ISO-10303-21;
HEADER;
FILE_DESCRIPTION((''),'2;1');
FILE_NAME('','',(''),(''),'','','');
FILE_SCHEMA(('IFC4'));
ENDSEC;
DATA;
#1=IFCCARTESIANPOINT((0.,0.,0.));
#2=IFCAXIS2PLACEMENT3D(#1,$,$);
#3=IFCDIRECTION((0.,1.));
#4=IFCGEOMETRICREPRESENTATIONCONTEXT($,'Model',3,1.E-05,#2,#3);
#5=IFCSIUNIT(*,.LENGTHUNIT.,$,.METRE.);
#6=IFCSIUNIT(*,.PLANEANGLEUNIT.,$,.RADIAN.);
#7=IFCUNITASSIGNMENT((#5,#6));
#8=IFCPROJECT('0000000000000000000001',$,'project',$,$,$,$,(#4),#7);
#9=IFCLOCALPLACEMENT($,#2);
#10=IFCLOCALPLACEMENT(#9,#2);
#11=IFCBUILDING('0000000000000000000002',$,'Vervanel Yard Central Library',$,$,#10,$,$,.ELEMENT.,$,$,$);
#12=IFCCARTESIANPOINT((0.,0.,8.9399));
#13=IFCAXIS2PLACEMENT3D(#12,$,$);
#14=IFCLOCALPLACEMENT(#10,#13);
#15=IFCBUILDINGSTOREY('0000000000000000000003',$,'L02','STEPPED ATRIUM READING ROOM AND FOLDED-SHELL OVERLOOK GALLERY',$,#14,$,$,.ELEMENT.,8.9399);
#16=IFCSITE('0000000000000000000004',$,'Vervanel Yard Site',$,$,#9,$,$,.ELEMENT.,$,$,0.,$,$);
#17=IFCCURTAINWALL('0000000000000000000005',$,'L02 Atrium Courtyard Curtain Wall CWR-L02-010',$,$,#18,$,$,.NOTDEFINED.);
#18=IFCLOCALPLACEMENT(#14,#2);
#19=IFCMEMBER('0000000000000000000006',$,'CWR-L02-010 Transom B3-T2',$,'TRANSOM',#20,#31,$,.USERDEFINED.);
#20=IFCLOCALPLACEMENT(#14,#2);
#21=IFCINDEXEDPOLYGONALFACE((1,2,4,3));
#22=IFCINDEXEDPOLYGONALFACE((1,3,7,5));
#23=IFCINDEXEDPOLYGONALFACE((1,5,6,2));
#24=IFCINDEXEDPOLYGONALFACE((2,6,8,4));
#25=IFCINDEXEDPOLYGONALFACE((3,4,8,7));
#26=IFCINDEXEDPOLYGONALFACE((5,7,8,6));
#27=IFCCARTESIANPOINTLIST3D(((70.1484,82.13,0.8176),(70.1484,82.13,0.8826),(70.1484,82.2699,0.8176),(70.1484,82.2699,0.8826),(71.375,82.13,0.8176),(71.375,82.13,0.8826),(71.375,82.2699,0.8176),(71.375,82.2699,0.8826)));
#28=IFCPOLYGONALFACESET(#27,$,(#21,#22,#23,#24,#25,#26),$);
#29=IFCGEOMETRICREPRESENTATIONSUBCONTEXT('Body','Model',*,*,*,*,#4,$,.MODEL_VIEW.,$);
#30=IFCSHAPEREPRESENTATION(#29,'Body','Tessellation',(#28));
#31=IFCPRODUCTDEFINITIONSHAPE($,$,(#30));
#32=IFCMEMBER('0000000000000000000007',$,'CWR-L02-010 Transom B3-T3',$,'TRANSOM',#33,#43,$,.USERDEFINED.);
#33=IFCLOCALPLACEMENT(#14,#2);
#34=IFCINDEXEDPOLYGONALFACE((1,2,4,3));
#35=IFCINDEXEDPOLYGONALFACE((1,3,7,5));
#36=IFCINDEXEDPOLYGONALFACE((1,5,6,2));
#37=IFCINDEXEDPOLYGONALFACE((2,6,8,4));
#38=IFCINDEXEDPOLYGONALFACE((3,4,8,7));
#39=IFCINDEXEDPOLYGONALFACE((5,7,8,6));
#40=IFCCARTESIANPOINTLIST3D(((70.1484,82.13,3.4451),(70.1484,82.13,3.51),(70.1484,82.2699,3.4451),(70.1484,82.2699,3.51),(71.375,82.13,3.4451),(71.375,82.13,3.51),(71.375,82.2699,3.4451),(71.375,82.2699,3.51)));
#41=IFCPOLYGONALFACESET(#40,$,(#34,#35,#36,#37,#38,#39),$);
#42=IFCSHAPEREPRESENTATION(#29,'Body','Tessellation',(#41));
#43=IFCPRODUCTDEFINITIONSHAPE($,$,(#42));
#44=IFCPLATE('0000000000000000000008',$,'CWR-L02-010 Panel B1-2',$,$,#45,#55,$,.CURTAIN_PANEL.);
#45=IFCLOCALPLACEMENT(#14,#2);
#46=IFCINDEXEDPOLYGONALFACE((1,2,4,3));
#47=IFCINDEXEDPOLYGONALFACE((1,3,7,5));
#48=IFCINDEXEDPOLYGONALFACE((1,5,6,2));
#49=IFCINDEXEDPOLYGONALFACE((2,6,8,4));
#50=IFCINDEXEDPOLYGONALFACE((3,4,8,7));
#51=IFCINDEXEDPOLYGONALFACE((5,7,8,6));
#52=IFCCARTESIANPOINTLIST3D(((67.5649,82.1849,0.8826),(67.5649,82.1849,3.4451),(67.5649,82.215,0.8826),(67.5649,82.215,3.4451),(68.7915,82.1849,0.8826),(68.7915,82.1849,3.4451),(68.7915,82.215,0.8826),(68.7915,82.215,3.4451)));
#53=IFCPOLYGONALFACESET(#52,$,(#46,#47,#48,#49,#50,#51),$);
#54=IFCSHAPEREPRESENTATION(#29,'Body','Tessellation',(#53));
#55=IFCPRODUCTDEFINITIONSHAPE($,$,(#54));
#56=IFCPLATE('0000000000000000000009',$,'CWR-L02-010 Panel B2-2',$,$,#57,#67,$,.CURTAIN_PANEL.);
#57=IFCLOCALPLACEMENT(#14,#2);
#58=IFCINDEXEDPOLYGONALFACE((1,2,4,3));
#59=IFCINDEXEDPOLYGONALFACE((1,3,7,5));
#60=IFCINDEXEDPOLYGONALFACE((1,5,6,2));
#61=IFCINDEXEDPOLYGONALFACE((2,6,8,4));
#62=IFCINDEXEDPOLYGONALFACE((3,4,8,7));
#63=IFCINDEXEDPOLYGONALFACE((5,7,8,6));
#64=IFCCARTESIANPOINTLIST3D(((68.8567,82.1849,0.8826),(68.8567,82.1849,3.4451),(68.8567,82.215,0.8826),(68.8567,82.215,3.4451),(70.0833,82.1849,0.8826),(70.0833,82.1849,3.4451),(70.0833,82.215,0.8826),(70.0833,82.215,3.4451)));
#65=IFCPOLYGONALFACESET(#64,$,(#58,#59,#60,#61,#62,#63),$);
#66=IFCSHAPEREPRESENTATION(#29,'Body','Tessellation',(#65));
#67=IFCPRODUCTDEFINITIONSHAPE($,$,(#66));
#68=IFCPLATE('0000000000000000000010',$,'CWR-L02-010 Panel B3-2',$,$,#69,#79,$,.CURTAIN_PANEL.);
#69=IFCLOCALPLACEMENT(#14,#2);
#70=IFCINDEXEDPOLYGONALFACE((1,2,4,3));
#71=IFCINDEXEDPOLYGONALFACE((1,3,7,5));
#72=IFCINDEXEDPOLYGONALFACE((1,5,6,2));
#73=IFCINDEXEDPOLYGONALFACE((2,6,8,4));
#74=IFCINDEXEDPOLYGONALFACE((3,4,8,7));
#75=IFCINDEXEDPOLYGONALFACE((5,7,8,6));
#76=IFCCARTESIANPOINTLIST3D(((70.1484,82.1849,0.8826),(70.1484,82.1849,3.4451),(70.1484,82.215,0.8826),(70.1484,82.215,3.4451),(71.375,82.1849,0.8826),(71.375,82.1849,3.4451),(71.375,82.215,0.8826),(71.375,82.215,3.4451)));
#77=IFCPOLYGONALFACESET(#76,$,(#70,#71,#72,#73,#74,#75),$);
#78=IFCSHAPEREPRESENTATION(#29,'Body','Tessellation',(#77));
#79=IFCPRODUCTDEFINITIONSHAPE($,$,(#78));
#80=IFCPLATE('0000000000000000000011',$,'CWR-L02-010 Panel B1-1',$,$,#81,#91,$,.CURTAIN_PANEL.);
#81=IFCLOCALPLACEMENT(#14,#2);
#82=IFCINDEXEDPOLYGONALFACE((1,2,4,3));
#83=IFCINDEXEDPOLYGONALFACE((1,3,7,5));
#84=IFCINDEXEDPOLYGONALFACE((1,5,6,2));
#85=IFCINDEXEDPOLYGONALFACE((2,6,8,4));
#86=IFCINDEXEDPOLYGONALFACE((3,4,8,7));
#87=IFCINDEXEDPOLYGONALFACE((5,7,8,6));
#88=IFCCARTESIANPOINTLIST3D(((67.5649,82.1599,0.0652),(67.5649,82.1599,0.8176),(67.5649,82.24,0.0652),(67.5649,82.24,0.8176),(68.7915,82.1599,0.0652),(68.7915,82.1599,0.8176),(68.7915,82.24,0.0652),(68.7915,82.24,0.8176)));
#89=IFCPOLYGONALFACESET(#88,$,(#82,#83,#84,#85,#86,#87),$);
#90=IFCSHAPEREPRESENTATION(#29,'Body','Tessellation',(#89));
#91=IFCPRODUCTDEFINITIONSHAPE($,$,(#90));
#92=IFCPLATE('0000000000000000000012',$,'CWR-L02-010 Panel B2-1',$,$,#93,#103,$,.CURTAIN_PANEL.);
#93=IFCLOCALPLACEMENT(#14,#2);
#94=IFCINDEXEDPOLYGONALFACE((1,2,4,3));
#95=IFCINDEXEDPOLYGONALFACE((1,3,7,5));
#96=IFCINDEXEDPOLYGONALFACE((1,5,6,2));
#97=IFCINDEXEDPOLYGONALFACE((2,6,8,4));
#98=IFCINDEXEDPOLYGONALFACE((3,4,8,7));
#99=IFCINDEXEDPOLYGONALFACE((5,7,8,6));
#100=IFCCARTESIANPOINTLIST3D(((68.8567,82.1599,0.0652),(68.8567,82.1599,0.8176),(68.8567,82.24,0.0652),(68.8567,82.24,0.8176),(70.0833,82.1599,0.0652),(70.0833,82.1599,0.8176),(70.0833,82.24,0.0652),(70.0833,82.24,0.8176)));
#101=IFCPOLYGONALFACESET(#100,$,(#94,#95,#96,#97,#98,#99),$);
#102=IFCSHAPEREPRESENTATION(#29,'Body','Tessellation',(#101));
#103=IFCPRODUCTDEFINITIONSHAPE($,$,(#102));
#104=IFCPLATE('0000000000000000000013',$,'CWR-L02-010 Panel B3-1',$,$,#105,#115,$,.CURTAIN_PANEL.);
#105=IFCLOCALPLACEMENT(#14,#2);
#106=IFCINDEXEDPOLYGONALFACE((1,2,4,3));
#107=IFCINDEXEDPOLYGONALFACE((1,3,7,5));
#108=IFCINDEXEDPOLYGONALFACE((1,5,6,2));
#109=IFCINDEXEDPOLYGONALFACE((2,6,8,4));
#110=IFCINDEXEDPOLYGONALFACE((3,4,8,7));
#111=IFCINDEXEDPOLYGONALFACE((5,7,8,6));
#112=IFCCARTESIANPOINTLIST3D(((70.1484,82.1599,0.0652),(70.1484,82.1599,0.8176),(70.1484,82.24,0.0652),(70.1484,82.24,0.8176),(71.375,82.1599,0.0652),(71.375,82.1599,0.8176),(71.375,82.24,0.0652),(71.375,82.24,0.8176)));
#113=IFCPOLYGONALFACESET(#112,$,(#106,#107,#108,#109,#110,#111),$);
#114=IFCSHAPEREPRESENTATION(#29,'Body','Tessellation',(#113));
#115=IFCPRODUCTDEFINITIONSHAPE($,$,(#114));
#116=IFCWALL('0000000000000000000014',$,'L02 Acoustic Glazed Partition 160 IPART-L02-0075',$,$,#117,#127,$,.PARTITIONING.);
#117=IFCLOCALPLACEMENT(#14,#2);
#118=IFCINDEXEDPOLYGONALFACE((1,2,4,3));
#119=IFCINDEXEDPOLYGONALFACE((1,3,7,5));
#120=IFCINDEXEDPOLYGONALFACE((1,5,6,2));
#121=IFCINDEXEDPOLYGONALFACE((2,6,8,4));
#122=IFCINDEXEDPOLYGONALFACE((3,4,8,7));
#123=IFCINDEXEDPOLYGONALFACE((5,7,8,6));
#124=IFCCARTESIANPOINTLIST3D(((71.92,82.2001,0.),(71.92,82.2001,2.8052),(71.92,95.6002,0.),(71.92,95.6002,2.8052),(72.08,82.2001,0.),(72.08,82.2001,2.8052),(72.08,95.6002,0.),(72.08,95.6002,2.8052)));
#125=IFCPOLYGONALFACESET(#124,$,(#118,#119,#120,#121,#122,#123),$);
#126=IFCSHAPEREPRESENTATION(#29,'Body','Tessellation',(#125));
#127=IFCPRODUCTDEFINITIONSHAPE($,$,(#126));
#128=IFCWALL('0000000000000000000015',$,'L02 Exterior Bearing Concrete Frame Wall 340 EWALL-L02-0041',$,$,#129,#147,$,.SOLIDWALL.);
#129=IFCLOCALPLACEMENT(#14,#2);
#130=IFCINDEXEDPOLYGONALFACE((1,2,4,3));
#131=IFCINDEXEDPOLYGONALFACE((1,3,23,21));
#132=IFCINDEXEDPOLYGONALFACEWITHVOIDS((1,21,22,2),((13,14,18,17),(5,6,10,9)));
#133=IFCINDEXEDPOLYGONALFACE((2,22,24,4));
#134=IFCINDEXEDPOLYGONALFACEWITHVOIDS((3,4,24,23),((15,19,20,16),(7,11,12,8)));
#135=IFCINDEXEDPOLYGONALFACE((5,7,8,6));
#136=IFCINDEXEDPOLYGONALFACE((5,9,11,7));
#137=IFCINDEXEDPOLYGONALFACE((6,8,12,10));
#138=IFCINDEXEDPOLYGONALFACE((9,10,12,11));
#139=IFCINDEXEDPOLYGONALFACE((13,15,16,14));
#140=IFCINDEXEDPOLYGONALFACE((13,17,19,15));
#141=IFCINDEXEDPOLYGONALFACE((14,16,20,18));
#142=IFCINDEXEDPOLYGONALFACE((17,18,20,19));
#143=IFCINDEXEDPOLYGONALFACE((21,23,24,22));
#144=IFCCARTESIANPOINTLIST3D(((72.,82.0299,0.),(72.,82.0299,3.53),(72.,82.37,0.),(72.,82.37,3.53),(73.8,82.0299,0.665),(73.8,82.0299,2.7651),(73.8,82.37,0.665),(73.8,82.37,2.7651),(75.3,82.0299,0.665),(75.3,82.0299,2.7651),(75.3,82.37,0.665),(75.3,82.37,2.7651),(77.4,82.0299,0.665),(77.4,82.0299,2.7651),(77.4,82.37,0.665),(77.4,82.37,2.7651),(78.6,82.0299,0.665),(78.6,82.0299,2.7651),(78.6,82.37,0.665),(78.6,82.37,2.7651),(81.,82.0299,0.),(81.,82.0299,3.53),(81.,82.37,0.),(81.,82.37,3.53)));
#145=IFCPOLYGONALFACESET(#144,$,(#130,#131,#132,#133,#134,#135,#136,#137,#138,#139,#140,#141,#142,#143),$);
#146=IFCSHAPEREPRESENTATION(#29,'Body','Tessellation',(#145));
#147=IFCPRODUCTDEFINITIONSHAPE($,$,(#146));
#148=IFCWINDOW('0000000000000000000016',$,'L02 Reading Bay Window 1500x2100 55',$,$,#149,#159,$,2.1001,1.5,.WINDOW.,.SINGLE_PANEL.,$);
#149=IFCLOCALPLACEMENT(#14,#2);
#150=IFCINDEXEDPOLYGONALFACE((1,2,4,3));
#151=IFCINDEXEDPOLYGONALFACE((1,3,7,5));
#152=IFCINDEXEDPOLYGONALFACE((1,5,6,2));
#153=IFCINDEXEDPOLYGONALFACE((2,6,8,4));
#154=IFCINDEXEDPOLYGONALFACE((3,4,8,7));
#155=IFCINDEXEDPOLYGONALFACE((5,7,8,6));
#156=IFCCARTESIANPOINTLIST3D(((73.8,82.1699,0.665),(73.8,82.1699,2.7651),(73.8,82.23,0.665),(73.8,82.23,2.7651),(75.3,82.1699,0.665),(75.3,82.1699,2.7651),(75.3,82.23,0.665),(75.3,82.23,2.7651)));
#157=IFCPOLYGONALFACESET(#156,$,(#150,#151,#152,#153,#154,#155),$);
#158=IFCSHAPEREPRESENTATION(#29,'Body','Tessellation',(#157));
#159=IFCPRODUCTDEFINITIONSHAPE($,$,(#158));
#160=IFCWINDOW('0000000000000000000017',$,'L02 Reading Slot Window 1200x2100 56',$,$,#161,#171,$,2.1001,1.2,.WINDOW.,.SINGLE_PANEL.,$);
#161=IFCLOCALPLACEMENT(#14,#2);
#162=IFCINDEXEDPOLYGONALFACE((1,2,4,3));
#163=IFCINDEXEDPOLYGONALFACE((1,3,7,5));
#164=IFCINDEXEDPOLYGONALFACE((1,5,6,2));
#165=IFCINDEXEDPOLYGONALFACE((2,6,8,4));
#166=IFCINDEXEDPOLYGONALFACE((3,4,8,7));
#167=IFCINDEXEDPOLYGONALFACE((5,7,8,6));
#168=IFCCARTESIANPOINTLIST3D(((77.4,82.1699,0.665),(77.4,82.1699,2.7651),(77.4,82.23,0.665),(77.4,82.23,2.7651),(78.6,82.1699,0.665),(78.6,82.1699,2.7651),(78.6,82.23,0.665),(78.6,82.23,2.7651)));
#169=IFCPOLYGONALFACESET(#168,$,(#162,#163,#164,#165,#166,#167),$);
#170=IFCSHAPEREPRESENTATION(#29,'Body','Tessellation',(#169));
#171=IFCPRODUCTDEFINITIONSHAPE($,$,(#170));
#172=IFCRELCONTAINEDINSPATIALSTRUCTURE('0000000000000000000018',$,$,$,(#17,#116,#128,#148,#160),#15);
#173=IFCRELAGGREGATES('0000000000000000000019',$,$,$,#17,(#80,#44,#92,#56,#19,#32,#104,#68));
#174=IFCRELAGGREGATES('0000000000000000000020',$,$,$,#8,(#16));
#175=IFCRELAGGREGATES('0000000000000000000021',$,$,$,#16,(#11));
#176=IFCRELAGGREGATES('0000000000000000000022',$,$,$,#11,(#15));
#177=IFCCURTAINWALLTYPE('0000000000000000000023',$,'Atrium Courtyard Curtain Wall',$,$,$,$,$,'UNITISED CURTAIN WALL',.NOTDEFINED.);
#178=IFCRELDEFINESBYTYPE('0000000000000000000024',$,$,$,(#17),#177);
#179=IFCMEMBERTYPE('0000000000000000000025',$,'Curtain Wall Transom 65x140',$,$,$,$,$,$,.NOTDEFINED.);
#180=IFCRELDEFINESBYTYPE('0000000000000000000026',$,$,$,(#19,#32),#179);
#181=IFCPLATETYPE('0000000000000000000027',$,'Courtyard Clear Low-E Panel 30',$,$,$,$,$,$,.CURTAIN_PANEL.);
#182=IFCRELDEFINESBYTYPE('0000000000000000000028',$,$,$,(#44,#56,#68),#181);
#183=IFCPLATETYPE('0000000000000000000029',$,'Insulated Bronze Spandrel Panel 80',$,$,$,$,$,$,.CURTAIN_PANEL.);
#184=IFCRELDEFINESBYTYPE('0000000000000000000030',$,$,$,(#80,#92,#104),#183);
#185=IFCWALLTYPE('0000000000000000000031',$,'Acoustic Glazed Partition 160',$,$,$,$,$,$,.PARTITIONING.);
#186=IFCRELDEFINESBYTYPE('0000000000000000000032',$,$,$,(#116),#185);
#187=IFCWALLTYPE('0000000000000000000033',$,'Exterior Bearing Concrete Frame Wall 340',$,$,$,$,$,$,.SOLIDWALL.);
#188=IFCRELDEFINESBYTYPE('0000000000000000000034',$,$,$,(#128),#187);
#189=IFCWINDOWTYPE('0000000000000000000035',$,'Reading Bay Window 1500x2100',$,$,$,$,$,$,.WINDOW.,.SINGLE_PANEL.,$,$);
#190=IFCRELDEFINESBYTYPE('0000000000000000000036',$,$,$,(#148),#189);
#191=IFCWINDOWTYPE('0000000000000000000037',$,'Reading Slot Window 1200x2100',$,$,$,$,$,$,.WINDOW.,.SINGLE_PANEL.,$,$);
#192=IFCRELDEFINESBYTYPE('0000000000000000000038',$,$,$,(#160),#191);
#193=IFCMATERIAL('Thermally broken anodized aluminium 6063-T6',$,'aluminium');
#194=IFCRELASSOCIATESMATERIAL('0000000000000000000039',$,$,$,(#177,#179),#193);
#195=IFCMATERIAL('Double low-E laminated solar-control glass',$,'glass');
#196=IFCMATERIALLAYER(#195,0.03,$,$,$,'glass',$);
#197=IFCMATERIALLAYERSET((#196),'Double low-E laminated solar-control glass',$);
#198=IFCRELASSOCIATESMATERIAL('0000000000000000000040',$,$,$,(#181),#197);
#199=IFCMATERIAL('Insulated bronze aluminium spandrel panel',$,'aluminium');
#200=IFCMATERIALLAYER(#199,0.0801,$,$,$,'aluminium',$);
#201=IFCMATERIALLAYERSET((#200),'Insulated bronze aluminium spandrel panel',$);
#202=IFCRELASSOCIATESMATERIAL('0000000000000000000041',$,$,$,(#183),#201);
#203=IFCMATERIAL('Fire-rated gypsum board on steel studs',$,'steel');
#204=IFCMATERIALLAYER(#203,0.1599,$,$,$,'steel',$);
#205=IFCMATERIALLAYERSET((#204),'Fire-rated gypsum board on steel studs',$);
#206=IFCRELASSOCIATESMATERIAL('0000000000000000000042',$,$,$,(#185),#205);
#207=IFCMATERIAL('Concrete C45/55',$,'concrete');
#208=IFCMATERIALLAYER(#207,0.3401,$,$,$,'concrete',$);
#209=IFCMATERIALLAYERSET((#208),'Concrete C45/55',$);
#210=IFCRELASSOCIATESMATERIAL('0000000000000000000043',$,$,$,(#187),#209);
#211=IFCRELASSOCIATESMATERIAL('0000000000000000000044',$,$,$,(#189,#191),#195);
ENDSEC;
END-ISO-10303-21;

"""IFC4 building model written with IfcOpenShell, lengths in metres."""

from ifc_helpers import new_model, si_unit, direction, frame, frame_2d, origin, origin_2d, place, context, subcontext, project, spatial, rectangle, extrude, material, layer, layer_set, material_profile, profile_set, type_object, element, fill, aggregate, save


model = new_model("IFC4")

# Units and contexts
model_context = context("Model", 3, precision=1e-05, world=origin(), true_north=direction((0.0, 1.0)))
body_context = subcontext(model_context, "Body", "Model", "MODEL_VIEW")
ifc_project = project(units=[si_unit("LENGTHUNIT", "METRE"), si_unit("PLANEANGLEUNIT", "RADIAN")], contexts=[model_context])

# Site, building, storey
site_placement = place(None, origin())
site = spatial("IfcSite", under=ifc_project, at=site_placement, Name="Vervanel Yard Site", CompositionType="ELEMENT", RefElevation=0.0)
building_placement = place(site_placement, origin())
building = spatial("IfcBuilding", under=site, at=building_placement, Name="Vervanel Yard Central Library", CompositionType="ELEMENT")
storey_placement = place(building_placement, frame((0.0, 0.0, 8.9399)))
storey = spatial("IfcBuildingStorey", under=building, at=storey_placement, Name="L02", Description="STEPPED ATRIUM READING ROOM AND FOLDED-SHELL OVERLOOK GALLERY", CompositionType="ELEMENT", Elevation=8.9399)

# Shared definitions
ifc_material_1 = material(Name="Thermally broken anodized aluminium 6063-T6", Category="aluminium")
curtain_wall_type = type_object("IfcCurtainWallType", Name="Atrium Courtyard Curtain Wall", ElementType="UNITISED CURTAIN WALL", PredefinedType="NOTDEFINED", material=ifc_material_1)

# Curtain wall, members, plates
curtain_wall_1_placement = place(storey_placement, origin())
curtain_wall_1 = element("IfcCurtainWall", 1, at=curtain_wall_1_placement, inside=storey, type_object=curtain_wall_type, Name="L02 Atrium Courtyard Curtain Wall CWR-L02-010", PredefinedType="NOTDEFINED")
ifc_material_profile_1 = material_profile(ifc_material_1, rectangle(XDim=0.0649, YDim=0.1399, at=origin_2d()), Name="ALU 65x140", Category="aluminium")
ifc_profile_set_1 = profile_set([ifc_material_profile_1], Name="Thermally broken anodized aluminium 6063-T6")
member_type_1 = type_object("IfcMemberType", Name="Curtain Wall Transom 65x140", PredefinedType="NOTDEFINED", material=ifc_profile_set_1)
member_1_placement = place(storey_placement, frame((70.1484, 82.2, 0.8501), z_axis=(1.0, 0.0, 0.0), x_axis=(0.0, 0.0, 1.0)))
member_1 = element("IfcMember", 2, at=member_1_placement, type_object=member_type_1, Name="CWR-L02-010 Transom B3-T2", ObjectType="TRANSOM", PredefinedType="USERDEFINED", context=body_context, shape_type="SweptSolid", body=[
    extrude(rectangle(XDim=0.0649, YDim=0.1399, at=origin_2d()), origin(), (0.0, 0.0, 1.0), 1.2266),
])
member_2_placement = place(storey_placement, frame((70.1484, 82.2, 3.4775), z_axis=(1.0, 0.0, 0.0), x_axis=(0.0, 0.0, 1.0)))
member_2 = element("IfcMember", 3, at=member_2_placement, type_object=member_type_1, Name="CWR-L02-010 Transom B3-T3", ObjectType="TRANSOM", PredefinedType="USERDEFINED", context=body_context, shape_type="SweptSolid", body=[
    extrude(rectangle(XDim=0.0649, YDim=0.1399, at=origin_2d()), origin(), (0.0, 0.0, 1.0), 1.2266),
])
ifc_material_2 = material(Name="Double low-E laminated solar-control glass", Category="glass")
ifc_layer_1 = layer(ifc_material_2, 0.03, Category="glass")
ifc_layer_set_1 = layer_set([ifc_layer_1], Name="Double low-E laminated solar-control glass")
plate_type_1 = type_object("IfcPlateType", Name="Courtyard Clear Low-E Panel 30", PredefinedType="CURTAIN_PANEL", material=ifc_layer_set_1)
plate_1_placement = place(storey_placement, frame((68.1782, 82.2, 0.8826), z_axis=(0.0, 0.0, 1.0), x_axis=(1.0, 0.0, 0.0)))
plate_1 = element("IfcPlate", 4, at=plate_1_placement, type_object=plate_type_1, Name="CWR-L02-010 Panel B1-2", PredefinedType="CURTAIN_PANEL", context=body_context, shape_type="SweptSolid", body=[
    extrude(rectangle(XDim=1.2266, YDim=0.03, at=origin_2d()), origin(), (0.0, 0.0, 1.0), 2.5625),
])
plate_2_placement = place(storey_placement, frame((69.47, 82.2, 0.8826), z_axis=(0.0, 0.0, 1.0), x_axis=(1.0, 0.0, 0.0)))
plate_2 = element("IfcPlate", 5, at=plate_2_placement, type_object=plate_type_1, Name="CWR-L02-010 Panel B2-2", PredefinedType="CURTAIN_PANEL", context=body_context, shape_type="SweptSolid", body=[
    extrude(rectangle(XDim=1.2266, YDim=0.03, at=origin_2d()), origin(), (0.0, 0.0, 1.0), 2.5625),
])
plate_3_placement = place(storey_placement, frame((70.7617, 82.2, 0.8826), z_axis=(0.0, 0.0, 1.0), x_axis=(1.0, 0.0, 0.0)))
plate_3 = element("IfcPlate", 6, at=plate_3_placement, type_object=plate_type_1, Name="CWR-L02-010 Panel B3-2", PredefinedType="CURTAIN_PANEL", context=body_context, shape_type="SweptSolid", body=[
    extrude(rectangle(XDim=1.2266, YDim=0.03, at=origin_2d()), origin(), (0.0, 0.0, 1.0), 2.5625),
])
ifc_material_3 = material(Name="Insulated bronze aluminium spandrel panel", Category="aluminium")
ifc_layer_2 = layer(ifc_material_3, 0.0801, Category="aluminium")
ifc_layer_set_2 = layer_set([ifc_layer_2], Name="Insulated bronze aluminium spandrel panel")
plate_type_2 = type_object("IfcPlateType", Name="Insulated Bronze Spandrel Panel 80", PredefinedType="CURTAIN_PANEL", material=ifc_layer_set_2)
plate_4_placement = place(storey_placement, frame((68.1782, 82.2, 0.0652), z_axis=(0.0, 0.0, 1.0), x_axis=(1.0, 0.0, 0.0)))
plate_4 = element("IfcPlate", 7, at=plate_4_placement, type_object=plate_type_2, Name="CWR-L02-010 Panel B1-1", PredefinedType="CURTAIN_PANEL", context=body_context, shape_type="SweptSolid", body=[
    extrude(rectangle(XDim=1.2266, YDim=0.0801, at=origin_2d()), origin(), (0.0, 0.0, 1.0), 0.7524),
])
plate_5_placement = place(storey_placement, frame((69.47, 82.2, 0.0652), z_axis=(0.0, 0.0, 1.0), x_axis=(1.0, 0.0, 0.0)))
plate_5 = element("IfcPlate", 8, at=plate_5_placement, type_object=plate_type_2, Name="CWR-L02-010 Panel B2-1", PredefinedType="CURTAIN_PANEL", context=body_context, shape_type="SweptSolid", body=[
    extrude(rectangle(XDim=1.2266, YDim=0.0801, at=origin_2d()), origin(), (0.0, 0.0, 1.0), 0.7524),
])
plate_6_placement = place(storey_placement, frame((70.7617, 82.2, 0.0652), z_axis=(0.0, 0.0, 1.0), x_axis=(1.0, 0.0, 0.0)))
plate_6 = element("IfcPlate", 9, at=plate_6_placement, type_object=plate_type_2, Name="CWR-L02-010 Panel B3-1", PredefinedType="CURTAIN_PANEL", context=body_context, shape_type="SweptSolid", body=[
    extrude(rectangle(XDim=1.2266, YDim=0.0801, at=origin_2d()), origin(), (0.0, 0.0, 1.0), 0.7524),
])
aggregate(curtain_wall_1, [plate_4, plate_1, plate_5, plate_2, member_1, member_2, plate_6, plate_3])

# Wall
ifc_material_4 = material(Name="Fire-rated gypsum board on steel studs", Category="steel")
ifc_layer_3 = layer(ifc_material_4, 0.1599, Category="steel")
ifc_layer_set_3 = layer_set([ifc_layer_3], Name="Fire-rated gypsum board on steel studs")
wall_type_1 = type_object("IfcWallType", Name="Acoustic Glazed Partition 160", PredefinedType="PARTITIONING", material=ifc_layer_set_3)
wall_1_placement = place(storey_placement, frame((72.0, 82.2, 0.0), z_axis=(0.0, 0.0, 1.0), x_axis=(0.0, 1.0, 0.0)))
element("IfcWall", 10, at=wall_1_placement, inside=storey, type_object=wall_type_1, Name="L02 Acoustic Glazed Partition 160 IPART-L02-0075", PredefinedType="PARTITIONING", context=body_context, shape_type="SweptSolid", body=[
    extrude(rectangle(XDim=13.4001, YDim=0.1599, at=frame_2d((6.7002, 0.0))), origin(), (0.0, 0.0, 1.0), 2.8052),
])

# Wall, openings, windows
ifc_material_5 = material(Name="Concrete C45/55", Category="concrete")
ifc_layer_4 = layer(ifc_material_5, 0.3401, Category="concrete")
ifc_layer_set_4 = layer_set([ifc_layer_4], Name="Concrete C45/55")
wall_type_2 = type_object("IfcWallType", Name="Exterior Bearing Concrete Frame Wall 340", PredefinedType="SOLIDWALL", material=ifc_layer_set_4)
wall_2_placement = place(storey_placement, frame((72.0, 82.2, 0.0), z_axis=(0.0, 0.0, 1.0), x_axis=(1.0, 0.0, 0.0)))
wall_2 = element("IfcWall", 11, at=wall_2_placement, inside=storey, type_object=wall_type_2, Name="L02 Exterior Bearing Concrete Frame Wall 340 EWALL-L02-0041", PredefinedType="SOLIDWALL", context=body_context, shape_type="SweptSolid", body=[
    extrude(rectangle(XDim=9.0, YDim=0.3401, at=frame_2d((4.5, 0.0))), origin(), (0.0, 0.0, 1.0), 3.53),
])
opening_1_placement = place(wall_2_placement, frame((1.8, 0.0, 0.665)))
opening_1 = element("IfcOpeningElement", 12, at=opening_1_placement, cuts=wall_2, PredefinedType="OPENING", context=body_context, shape_type="SweptSolid", body=[
    extrude(rectangle(XDim=1.5, YDim=2.1001, at=frame_2d((0.75, 1.05))), frame((0.0, 0.1799, 0.0), z_axis=(0.0, -1.0, 0.0), x_axis=(1.0, 0.0, 0.0)), (0.0, 0.0, 1.0), 0.3601),
])
opening_2_placement = place(wall_2_placement, frame((5.3999, 0.0, 0.665)))
opening_2 = element("IfcOpeningElement", 13, at=opening_2_placement, cuts=wall_2, PredefinedType="OPENING", context=body_context, shape_type="SweptSolid", body=[
    extrude(rectangle(XDim=1.2, YDim=2.1001, at=frame_2d((0.6001, 1.05))), frame((0.0, 0.1799, 0.0), z_axis=(0.0, -1.0, 0.0), x_axis=(1.0, 0.0, 0.0)), (0.0, 0.0, 1.0), 0.3601),
])
window_type_1 = type_object("IfcWindowType", Name="Reading Bay Window 1500x2100", PartitioningType="SINGLE_PANEL", PredefinedType="WINDOW", material=ifc_material_2)
window_1_placement = place(opening_1_placement, origin())
window_1 = element("IfcWindow", 14, at=window_1_placement, inside=storey, type_object=window_type_1, Name="L02 Reading Bay Window 1500x2100 55", OverallHeight=2.1001, OverallWidth=1.5, PartitioningType="SINGLE_PANEL", PredefinedType="WINDOW", context=body_context, shape_type="SweptSolid", body=[
    extrude(rectangle(XDim=1.5, YDim=2.1001, at=frame_2d((0.75, 1.05))), frame((0.0, 0.03, 0.0), z_axis=(0.0, -1.0, 0.0), x_axis=(1.0, 0.0, 0.0)), (0.0, 0.0, 1.0), 0.0601),
])
fill(opening_1, window_1)
window_type_2 = type_object("IfcWindowType", Name="Reading Slot Window 1200x2100", PartitioningType="SINGLE_PANEL", PredefinedType="WINDOW", material=ifc_material_2)
window_2_placement = place(opening_2_placement, origin())
window_2 = element("IfcWindow", 15, at=window_2_placement, inside=storey, type_object=window_type_2, Name="L02 Reading Slot Window 1200x2100 56", OverallHeight=2.1001, OverallWidth=1.2, PartitioningType="SINGLE_PANEL", PredefinedType="WINDOW", context=body_context, shape_type="SweptSolid", body=[
    extrude(rectangle(XDim=1.2, YDim=2.1001, at=frame_2d((0.6001, 1.05))), frame((0.0, 0.03, 0.0), z_axis=(0.0, -1.0, 0.0), x_axis=(1.0, 0.0, 0.0)), (0.0, 0.0, 1.0), 0.0601),
])
fill(opening_2, window_2)

save(model, "model.ifc")
